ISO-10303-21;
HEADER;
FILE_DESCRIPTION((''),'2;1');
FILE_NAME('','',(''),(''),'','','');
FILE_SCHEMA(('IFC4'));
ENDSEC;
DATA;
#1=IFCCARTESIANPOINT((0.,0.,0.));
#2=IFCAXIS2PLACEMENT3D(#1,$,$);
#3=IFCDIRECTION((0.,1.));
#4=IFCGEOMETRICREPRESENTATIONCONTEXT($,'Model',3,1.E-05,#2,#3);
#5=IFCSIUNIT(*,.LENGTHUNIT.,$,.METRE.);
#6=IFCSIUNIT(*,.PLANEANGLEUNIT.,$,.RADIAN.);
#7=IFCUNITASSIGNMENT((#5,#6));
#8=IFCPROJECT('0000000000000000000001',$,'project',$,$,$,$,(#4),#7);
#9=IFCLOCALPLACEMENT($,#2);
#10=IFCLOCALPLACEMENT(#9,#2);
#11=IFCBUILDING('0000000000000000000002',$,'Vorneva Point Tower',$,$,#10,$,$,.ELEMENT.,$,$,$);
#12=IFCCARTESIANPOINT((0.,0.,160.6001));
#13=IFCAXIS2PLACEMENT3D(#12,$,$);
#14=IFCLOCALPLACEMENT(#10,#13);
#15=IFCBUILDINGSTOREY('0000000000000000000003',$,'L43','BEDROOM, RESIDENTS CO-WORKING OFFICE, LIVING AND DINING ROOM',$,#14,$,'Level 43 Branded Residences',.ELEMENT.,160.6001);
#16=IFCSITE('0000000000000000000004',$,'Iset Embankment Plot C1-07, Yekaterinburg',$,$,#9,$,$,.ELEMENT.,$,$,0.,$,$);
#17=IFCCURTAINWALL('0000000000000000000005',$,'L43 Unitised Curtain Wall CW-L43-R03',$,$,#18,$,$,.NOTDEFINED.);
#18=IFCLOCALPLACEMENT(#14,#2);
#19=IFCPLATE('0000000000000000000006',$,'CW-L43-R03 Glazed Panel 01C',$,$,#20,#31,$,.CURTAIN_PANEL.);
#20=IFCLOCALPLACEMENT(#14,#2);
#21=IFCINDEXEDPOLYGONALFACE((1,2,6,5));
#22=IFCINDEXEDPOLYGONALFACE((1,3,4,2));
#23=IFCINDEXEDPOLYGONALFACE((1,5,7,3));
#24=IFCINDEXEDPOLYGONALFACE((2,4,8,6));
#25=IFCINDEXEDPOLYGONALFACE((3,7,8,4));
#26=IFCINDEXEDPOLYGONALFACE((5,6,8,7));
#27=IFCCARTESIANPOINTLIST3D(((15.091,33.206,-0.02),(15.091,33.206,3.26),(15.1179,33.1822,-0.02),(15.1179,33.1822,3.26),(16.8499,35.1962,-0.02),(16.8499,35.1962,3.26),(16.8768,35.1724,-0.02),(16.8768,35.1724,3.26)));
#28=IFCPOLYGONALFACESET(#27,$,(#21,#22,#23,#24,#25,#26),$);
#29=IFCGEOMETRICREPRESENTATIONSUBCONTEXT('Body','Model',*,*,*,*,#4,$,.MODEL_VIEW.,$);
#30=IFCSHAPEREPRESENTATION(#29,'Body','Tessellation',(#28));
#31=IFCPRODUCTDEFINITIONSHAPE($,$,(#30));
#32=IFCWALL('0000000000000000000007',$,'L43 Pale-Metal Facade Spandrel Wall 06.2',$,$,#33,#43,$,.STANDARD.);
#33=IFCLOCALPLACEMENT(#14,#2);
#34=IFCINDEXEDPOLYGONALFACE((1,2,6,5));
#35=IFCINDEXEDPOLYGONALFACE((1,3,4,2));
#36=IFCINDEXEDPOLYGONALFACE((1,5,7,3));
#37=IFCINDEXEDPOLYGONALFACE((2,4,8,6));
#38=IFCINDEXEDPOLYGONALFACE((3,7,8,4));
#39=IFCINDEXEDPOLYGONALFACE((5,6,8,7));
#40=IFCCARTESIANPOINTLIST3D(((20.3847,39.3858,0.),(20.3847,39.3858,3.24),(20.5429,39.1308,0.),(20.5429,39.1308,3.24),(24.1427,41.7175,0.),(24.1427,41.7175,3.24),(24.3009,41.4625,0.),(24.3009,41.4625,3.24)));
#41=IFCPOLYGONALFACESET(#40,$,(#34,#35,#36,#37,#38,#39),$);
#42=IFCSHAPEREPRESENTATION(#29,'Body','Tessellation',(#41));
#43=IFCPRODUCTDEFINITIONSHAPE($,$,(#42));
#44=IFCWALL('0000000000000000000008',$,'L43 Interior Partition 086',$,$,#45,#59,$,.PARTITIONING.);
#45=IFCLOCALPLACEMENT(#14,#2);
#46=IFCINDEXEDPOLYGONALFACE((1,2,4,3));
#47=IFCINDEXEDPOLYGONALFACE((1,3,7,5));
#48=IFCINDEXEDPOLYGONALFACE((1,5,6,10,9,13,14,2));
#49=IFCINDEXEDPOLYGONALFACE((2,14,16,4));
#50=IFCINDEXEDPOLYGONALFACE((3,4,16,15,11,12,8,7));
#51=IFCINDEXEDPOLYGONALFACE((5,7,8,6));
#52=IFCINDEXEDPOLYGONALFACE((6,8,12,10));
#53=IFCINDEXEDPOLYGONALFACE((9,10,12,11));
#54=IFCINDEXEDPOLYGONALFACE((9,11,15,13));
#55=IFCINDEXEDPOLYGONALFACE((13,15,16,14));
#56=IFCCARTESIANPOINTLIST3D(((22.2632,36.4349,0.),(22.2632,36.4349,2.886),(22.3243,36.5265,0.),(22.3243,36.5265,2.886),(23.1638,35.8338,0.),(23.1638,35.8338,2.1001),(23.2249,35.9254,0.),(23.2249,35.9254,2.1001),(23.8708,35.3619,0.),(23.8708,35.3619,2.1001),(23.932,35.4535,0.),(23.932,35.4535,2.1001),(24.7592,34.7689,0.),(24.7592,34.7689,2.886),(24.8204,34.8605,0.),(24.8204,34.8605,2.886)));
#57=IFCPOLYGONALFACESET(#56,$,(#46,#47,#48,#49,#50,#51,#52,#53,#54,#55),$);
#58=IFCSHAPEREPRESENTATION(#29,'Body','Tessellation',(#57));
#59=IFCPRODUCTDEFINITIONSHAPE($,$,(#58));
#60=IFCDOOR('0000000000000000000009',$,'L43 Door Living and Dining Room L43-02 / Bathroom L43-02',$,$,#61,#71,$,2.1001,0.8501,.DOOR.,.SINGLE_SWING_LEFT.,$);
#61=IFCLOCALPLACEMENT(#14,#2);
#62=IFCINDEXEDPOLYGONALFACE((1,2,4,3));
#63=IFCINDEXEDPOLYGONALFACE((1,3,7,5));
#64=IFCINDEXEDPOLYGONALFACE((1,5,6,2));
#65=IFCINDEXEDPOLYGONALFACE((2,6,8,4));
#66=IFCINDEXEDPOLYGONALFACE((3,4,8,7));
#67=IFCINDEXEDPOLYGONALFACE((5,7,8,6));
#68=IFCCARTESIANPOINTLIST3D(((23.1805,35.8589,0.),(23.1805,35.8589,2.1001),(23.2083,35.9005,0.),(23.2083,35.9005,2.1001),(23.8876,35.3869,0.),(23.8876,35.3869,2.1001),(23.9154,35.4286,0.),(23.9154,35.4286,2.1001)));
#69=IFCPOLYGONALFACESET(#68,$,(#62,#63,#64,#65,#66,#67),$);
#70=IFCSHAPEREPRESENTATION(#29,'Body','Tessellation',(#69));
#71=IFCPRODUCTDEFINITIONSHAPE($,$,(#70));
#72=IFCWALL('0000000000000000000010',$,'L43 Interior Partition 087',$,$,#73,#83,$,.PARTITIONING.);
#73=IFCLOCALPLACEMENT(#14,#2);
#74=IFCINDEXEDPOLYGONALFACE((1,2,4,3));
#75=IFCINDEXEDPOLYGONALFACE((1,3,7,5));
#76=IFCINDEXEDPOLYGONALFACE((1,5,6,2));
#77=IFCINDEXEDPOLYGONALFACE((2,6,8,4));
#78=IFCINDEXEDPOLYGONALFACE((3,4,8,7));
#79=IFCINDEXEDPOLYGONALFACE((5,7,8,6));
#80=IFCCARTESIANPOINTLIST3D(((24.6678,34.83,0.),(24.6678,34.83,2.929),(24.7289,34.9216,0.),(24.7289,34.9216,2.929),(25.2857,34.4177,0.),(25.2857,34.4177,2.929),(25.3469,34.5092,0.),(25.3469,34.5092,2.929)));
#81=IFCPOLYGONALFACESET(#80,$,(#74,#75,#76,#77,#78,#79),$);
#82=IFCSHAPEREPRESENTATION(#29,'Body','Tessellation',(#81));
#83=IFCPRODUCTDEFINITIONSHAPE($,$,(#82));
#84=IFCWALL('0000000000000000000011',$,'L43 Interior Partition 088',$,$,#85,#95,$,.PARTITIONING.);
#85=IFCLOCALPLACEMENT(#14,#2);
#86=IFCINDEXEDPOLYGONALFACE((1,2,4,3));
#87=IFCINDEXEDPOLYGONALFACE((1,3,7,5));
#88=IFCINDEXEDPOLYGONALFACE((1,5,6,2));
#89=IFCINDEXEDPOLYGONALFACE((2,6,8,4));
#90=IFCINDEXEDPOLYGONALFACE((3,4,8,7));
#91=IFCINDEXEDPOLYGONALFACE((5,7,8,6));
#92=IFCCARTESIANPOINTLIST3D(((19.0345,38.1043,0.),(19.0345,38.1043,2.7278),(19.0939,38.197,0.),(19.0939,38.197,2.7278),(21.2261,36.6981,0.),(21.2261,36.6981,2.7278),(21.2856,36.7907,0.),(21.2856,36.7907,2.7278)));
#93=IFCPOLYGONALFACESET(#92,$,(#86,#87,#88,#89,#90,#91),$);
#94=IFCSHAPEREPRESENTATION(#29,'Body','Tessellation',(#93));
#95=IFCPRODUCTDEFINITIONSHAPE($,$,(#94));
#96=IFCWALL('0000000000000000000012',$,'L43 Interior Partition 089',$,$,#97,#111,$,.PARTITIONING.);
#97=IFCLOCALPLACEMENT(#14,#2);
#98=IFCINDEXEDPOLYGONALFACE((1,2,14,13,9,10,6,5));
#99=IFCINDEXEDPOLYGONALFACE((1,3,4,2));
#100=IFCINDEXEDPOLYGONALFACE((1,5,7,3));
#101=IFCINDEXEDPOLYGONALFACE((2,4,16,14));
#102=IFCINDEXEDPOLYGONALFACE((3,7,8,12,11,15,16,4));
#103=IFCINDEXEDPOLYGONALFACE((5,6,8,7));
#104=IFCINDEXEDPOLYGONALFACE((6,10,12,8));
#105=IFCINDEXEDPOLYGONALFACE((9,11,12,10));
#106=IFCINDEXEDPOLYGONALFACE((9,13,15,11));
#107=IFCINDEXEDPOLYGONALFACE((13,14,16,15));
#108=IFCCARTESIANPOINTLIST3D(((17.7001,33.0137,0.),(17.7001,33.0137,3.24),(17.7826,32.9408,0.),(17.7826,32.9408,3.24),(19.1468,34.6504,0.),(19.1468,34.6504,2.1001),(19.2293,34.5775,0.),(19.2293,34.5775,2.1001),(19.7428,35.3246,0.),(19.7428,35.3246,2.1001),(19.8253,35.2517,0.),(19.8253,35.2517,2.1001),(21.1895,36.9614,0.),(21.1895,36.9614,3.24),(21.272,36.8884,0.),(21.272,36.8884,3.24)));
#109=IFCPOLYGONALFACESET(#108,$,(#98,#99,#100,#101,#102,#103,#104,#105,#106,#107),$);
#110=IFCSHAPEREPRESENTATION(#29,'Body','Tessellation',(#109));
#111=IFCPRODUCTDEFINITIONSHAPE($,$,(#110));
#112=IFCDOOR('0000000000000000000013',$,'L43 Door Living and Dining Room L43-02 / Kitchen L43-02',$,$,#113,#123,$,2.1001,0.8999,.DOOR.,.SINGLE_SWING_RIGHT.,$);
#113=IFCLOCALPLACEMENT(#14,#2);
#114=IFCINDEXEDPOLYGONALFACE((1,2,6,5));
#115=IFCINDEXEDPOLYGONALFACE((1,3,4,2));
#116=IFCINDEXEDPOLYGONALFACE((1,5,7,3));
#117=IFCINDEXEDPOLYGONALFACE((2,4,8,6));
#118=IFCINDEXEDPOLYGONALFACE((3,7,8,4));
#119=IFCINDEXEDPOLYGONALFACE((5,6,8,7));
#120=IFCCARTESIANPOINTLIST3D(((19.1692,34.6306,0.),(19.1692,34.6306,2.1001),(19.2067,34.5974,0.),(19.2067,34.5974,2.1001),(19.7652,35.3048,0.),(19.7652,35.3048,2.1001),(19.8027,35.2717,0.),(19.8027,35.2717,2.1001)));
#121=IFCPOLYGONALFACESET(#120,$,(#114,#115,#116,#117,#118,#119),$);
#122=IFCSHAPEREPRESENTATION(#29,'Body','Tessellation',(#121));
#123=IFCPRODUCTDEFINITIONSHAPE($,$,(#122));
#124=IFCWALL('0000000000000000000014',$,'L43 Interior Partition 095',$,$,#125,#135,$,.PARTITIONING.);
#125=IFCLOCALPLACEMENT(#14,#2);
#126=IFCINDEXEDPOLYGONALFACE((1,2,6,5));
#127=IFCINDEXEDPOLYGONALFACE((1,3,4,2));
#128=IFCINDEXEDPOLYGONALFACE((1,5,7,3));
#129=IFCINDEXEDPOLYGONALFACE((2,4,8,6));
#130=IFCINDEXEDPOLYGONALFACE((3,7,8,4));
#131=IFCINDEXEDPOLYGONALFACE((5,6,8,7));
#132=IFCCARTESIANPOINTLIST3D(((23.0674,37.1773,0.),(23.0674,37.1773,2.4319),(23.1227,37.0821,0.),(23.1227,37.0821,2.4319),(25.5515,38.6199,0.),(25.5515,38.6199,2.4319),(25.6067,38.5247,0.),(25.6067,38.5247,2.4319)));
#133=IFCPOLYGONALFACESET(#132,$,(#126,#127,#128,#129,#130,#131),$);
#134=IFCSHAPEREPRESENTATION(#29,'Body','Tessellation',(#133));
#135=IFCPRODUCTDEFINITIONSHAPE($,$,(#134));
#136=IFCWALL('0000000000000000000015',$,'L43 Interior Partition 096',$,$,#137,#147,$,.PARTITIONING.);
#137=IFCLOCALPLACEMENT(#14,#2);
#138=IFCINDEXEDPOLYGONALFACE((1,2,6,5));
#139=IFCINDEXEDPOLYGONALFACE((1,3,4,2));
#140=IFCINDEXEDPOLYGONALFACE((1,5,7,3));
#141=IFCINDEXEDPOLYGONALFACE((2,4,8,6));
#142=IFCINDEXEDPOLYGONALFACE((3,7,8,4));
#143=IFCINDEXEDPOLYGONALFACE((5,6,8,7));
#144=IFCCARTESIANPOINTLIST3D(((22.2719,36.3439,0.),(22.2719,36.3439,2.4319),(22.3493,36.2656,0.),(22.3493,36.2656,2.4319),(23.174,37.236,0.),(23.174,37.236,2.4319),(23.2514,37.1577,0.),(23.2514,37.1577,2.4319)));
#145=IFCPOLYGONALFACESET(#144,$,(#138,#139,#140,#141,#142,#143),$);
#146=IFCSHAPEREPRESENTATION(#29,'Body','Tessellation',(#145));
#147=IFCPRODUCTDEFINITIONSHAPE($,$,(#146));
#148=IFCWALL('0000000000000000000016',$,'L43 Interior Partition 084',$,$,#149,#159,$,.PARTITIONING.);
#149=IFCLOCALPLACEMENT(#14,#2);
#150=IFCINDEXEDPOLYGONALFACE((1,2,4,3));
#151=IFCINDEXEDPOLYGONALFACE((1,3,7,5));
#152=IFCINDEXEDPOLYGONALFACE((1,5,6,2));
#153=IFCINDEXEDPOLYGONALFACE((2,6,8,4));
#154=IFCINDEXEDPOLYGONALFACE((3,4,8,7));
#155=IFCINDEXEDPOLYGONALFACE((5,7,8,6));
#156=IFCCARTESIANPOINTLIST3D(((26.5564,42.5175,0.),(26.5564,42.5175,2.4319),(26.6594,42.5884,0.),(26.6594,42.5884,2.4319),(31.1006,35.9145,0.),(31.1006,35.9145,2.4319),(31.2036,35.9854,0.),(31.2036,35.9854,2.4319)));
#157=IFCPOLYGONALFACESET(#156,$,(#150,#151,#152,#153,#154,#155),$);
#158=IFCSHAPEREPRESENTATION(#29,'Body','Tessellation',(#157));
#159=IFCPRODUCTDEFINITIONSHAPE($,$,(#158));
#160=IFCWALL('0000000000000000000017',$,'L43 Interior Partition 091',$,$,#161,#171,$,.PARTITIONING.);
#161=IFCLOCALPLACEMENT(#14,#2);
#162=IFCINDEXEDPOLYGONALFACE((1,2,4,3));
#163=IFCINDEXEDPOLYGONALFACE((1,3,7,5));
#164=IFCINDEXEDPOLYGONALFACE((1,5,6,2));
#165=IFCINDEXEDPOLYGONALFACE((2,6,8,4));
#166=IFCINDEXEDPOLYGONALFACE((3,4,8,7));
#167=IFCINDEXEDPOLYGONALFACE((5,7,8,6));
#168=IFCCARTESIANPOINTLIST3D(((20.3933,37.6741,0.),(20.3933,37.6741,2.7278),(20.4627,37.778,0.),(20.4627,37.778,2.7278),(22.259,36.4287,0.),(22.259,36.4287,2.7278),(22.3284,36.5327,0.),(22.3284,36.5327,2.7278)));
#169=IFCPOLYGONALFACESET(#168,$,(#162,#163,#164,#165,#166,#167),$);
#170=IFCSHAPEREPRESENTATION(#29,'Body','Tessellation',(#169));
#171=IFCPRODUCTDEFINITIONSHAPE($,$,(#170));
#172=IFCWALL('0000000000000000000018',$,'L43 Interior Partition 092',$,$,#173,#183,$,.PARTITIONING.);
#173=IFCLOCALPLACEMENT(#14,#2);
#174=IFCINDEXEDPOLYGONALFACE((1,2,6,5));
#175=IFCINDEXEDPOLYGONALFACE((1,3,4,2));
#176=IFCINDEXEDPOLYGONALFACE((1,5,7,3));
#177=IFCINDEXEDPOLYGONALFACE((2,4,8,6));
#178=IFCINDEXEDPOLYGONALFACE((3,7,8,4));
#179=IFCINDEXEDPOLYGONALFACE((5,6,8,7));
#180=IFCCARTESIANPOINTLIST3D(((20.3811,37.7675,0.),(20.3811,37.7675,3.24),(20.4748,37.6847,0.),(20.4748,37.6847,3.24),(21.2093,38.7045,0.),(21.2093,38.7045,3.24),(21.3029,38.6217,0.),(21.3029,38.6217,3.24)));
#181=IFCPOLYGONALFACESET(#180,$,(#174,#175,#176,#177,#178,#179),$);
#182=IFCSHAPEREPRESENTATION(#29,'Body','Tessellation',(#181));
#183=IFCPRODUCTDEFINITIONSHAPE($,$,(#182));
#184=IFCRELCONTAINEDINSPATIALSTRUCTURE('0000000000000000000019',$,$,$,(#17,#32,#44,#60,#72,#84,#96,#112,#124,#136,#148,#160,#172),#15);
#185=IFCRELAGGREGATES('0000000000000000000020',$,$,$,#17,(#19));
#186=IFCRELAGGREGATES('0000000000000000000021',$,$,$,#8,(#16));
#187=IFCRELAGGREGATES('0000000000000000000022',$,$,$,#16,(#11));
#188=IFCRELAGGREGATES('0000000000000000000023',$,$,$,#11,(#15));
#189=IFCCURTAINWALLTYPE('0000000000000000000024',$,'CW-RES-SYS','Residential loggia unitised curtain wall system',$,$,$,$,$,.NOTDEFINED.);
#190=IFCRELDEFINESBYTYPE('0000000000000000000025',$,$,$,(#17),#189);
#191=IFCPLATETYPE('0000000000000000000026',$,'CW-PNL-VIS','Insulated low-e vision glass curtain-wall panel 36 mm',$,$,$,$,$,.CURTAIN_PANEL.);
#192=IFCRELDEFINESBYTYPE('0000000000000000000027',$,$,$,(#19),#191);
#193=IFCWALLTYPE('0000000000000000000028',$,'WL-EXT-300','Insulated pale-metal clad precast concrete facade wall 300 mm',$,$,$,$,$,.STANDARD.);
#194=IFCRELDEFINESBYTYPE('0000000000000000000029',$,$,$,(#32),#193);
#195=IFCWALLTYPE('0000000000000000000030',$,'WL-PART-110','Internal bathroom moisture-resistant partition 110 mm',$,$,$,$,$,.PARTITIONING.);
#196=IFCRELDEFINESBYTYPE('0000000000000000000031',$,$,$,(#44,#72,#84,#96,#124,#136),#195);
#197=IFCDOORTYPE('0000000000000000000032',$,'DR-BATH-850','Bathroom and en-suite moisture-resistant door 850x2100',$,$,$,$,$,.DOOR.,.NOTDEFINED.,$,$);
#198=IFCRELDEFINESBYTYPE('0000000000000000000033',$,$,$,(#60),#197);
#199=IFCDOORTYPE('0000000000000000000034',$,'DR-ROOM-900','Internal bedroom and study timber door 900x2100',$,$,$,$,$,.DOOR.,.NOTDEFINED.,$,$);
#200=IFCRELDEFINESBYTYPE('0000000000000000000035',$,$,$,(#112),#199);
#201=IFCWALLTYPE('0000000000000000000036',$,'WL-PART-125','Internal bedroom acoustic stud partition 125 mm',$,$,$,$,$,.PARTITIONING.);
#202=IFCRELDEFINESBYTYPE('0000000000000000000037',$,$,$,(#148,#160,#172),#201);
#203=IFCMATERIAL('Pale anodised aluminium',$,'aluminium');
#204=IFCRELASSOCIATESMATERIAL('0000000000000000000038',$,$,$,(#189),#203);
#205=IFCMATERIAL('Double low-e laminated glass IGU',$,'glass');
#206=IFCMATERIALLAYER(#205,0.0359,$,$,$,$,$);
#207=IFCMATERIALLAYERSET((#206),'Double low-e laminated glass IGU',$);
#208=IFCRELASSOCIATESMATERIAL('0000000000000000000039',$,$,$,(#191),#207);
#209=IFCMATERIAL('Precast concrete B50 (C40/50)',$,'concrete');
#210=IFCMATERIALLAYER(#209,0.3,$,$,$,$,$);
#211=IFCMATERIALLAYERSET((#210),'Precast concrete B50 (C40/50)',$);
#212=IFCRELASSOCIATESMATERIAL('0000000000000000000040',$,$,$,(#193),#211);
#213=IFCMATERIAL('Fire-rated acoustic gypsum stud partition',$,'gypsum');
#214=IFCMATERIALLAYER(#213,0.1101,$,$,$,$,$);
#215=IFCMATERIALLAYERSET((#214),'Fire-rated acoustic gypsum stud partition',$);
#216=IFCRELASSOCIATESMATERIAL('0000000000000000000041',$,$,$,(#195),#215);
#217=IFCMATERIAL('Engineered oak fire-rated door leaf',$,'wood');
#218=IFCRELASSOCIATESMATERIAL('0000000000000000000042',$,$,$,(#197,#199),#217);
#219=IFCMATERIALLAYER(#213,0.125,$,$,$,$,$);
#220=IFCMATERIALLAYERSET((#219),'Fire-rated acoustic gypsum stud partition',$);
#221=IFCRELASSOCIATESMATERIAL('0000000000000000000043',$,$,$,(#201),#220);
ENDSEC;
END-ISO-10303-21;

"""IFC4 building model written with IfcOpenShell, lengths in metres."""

from ifc_helpers import new_model, si_unit, direction, frame, frame_2d, origin, origin_2d, place, context, subcontext, project, spatial, rectangle, extrude, material, layer, layer_set, type_object, element, fill, aggregate, save


model = new_model("IFC4")

# Units and contexts
model_context = context("Model", 3, precision=1e-05, world=origin(), true_north=direction((0.0, 1.0)))
body_context = subcontext(model_context, "Body", "Model", "MODEL_VIEW")
ifc_project = project(units=[si_unit("LENGTHUNIT", "METRE"), si_unit("PLANEANGLEUNIT", "RADIAN")], contexts=[model_context])

# Site, building, storey
site_placement = place(None, origin())
site = spatial("IfcSite", under=ifc_project, at=site_placement, Name="Iset Embankment Plot C1-07, Yekaterinburg", CompositionType="ELEMENT", RefElevation=0.0)
building_placement = place(site_placement, origin())
building = spatial("IfcBuilding", under=site, at=building_placement, Name="Vorneva Point Tower", CompositionType="ELEMENT")
storey_placement = place(building_placement, frame((0.0, 0.0, 160.6001)))
storey = spatial("IfcBuildingStorey", under=building, at=storey_placement, Name="L43", Description="BEDROOM, RESIDENTS CO-WORKING OFFICE, LIVING AND DINING ROOM", LongName="Level 43 Branded Residences", CompositionType="ELEMENT", Elevation=160.6001)

# Curtain wall, plate
ifc_material_1 = material(Name="Pale anodised aluminium", Category="aluminium")
curtain_wall_type = type_object("IfcCurtainWallType", Name="CW-RES-SYS", Description="Residential loggia unitised curtain wall system", PredefinedType="NOTDEFINED", material=ifc_material_1)
curtain_wall_placement = place(storey_placement, origin())
curtain_wall = element("IfcCurtainWall", 1, at=curtain_wall_placement, inside=storey, type_object=curtain_wall_type, Name="L43 Unitised Curtain Wall CW-L43-R03", PredefinedType="NOTDEFINED")
ifc_material_2 = material(Name="Double low-e laminated glass IGU", Category="glass")
ifc_layer_1 = layer(ifc_material_2, 0.0359)
ifc_layer_set_1 = layer_set([ifc_layer_1], Name="Double low-e laminated glass IGU")
plate_type = type_object("IfcPlateType", Name="CW-PNL-VIS", Description="Insulated low-e vision glass curtain-wall panel 36 mm", PredefinedType="CURTAIN_PANEL", material=ifc_layer_set_1)
plate_1_placement = place(storey_placement, frame((15.9839, 34.1892, -0.02), z_axis=(0.0, 0.0, 1.0), x_axis=(-0.662215, -0.749314, 0.0)))
plate_1 = element("IfcPlate", 2, at=plate_1_placement, type_object=plate_type, Name="CW-L43-R03 Glazed Panel 01C", PredefinedType="CURTAIN_PANEL", context=body_context, shape_type="SweptSolid", body=[
    extrude(rectangle(XDim=2.656, YDim=0.0359, at=origin_2d()), origin(), (0.0, 0.0, 1.0), 3.28),
])
aggregate(curtain_wall, [plate_1])

# Wall
ifc_material_3 = material(Name="Precast concrete B50 (C40/50)", Category="concrete")
ifc_layer_2 = layer(ifc_material_3, 0.3)
ifc_layer_set_2 = layer_set([ifc_layer_2], Name="Precast concrete B50 (C40/50)")
wall_type_1 = type_object("IfcWallType", Name="WL-EXT-300", Description="Insulated pale-metal clad precast concrete facade wall 300 mm", PredefinedType="STANDARD", material=ifc_layer_set_2)
wall_1_placement = place(storey_placement, frame((24.2219, 41.5901, 0.0), z_axis=(0.0, 0.0, 1.0), x_axis=(-0.849721, -0.527232, 0.0)))
element("IfcWall", 3, at=wall_1_placement, inside=storey, type_object=wall_type_1, Name="L43 Pale-Metal Facade Spandrel Wall 06.2", PredefinedType="STANDARD", context=body_context, shape_type="SweptSolid", body=[
    extrude(rectangle(XDim=4.4226, YDim=0.3, at=frame_2d((2.2114, 0.0))), origin(), (0.0, 0.0, 1.0), 3.24),
])

# Wall, opening, door
ifc_material_4 = material(Name="Fire-rated acoustic gypsum stud partition", Category="gypsum")
ifc_layer_3 = layer(ifc_material_4, 0.1101)
ifc_layer_set_3 = layer_set([ifc_layer_3], Name="Fire-rated acoustic gypsum stud partition")
wall_type_2 = type_object("IfcWallType", Name="WL-PART-110", Description="Internal bathroom moisture-resistant partition 110 mm", PredefinedType="PARTITIONING", material=ifc_layer_set_3)
wall_2_placement = place(storey_placement, frame((24.7898, 34.8147, 0.0), z_axis=(0.0, 0.0, 1.0), x_axis=(-0.83175, 0.555151, 0.0)))
wall_2 = element("IfcWall", 4, at=wall_2_placement, inside=storey, type_object=wall_type_2, Name="L43 Interior Partition 086", PredefinedType="PARTITIONING", context=body_context, shape_type="SweptSolid", body=[
    extrude(rectangle(XDim=3.001, YDim=0.1101, at=frame_2d((1.5005, 0.0))), origin(), (0.0, 0.0, 1.0), 2.886),
])
opening_1_placement = place(wall_2_placement, frame((1.0681, 0.0, 0.0)))
opening_1 = element("IfcOpeningElement", 5, at=opening_1_placement, cuts=wall_2, PredefinedType="OPENING", context=body_context, shape_type="SweptSolid", body=[
    extrude(rectangle(XDim=0.8501, YDim=2.1001, at=frame_2d((0.425, 1.05))), frame((0.0, 0.0698, 0.0), z_axis=(0.0, -1.0, 0.0), x_axis=(1.0, 0.0, 0.0)), (0.0, 0.0, 1.0), 0.1399),
])
ifc_material_5 = material(Name="Engineered oak fire-rated door leaf", Category="wood")
door_type_1 = type_object("IfcDoorType", Name="DR-BATH-850", Description="Bathroom and en-suite moisture-resistant door 850x2100", OperationType="NOTDEFINED", PredefinedType="DOOR", material=ifc_material_5)
door_1_placement = place(opening_1_placement, origin())
door_1 = element("IfcDoor", 6, at=door_1_placement, inside=storey, type_object=door_type_1, Name="L43 Door Living and Dining Room L43-02 / Bathroom L43-02", OperationType="SINGLE_SWING_LEFT", OverallHeight=2.1001, OverallWidth=0.8501, PredefinedType="DOOR", context=body_context, shape_type="SweptSolid", body=[
    extrude(rectangle(XDim=0.8501, YDim=2.1001, at=frame_2d((0.425, 1.05))), frame((0.0, 0.0249, 0.0), z_axis=(0.0, -1.0, 0.0), x_axis=(1.0, 0.0, 0.0)), (0.0, 0.0, 1.0), 0.05),
])
fill(opening_1, door_1)

# Walls
wall_3_placement = place(storey_placement, frame((25.3164, 34.4634, 0.0), z_axis=(0.0, 0.0, 1.0), x_axis=(-0.831797, 0.555079, 0.0)))
element("IfcWall", 7, at=wall_3_placement, inside=storey, type_object=wall_type_2, Name="L43 Interior Partition 087", PredefinedType="PARTITIONING", context=body_context, shape_type="SweptSolid", body=[
    extrude(rectangle(XDim=0.7429, YDim=0.1101, at=frame_2d((0.3716, 0.0))), origin(), (0.0, 0.0, 1.0), 2.929),
])
wall_4_placement = place(storey_placement, frame((19.0642, 38.1506, 0.0), z_axis=(0.0, 0.0, 1.0), x_axis=(0.841644, -0.540032, 0.0)))
element("IfcWall", 8, at=wall_4_placement, inside=storey, type_object=wall_type_2, Name="L43 Interior Partition 088", PredefinedType="PARTITIONING", context=body_context, shape_type="SweptSolid", body=[
    extrude(rectangle(XDim=2.604, YDim=0.1101, at=frame_2d((1.302, 0.0))), origin(), (0.0, 0.0, 1.0), 2.7278),
])

# Wall, opening, door
wall_5_placement = place(storey_placement, frame((21.2307, 36.9248, 0.0), z_axis=(0.0, 0.0, 1.0), x_axis=(-0.662282, -0.749255, 0.0)))
wall_5 = element("IfcWall", 9, at=wall_5_placement, inside=storey, type_object=wall_type_2, Name="L43 Interior Partition 089", PredefinedType="PARTITIONING", context=body_context, shape_type="SweptSolid", body=[
    extrude(rectangle(XDim=5.2688, YDim=0.1101, at=frame_2d((2.6343, 0.0))), origin(), (0.0, 0.0, 1.0), 3.24),
])
opening_2_placement = place(wall_5_placement, frame((2.1843, 0.0, 0.0)))
opening_2 = element("IfcOpeningElement", 10, at=opening_2_placement, cuts=wall_5, PredefinedType="OPENING", context=body_context, shape_type="SweptSolid", body=[
    extrude(rectangle(XDim=0.8999, YDim=2.1001, at=frame_2d((0.45, 1.05))), frame((0.0, 0.0698, 0.0), z_axis=(0.0, -1.0, 0.0), x_axis=(1.0, 0.0, 0.0)), (0.0, 0.0, 1.0), 0.1399),
])
door_type_2 = type_object("IfcDoorType", Name="DR-ROOM-900", Description="Internal bedroom and study timber door 900x2100", OperationType="NOTDEFINED", PredefinedType="DOOR", material=ifc_material_5)
door_2_placement = place(opening_2_placement, origin())
door_2 = element("IfcDoor", 11, at=door_2_placement, inside=storey, type_object=door_type_2, Name="L43 Door Living and Dining Room L43-02 / Kitchen L43-02", OperationType="SINGLE_SWING_RIGHT", OverallHeight=2.1001, OverallWidth=0.8999, PredefinedType="DOOR", context=body_context, shape_type="SweptSolid", body=[
    extrude(rectangle(XDim=0.8999, YDim=2.1001, at=frame_2d((0.45, 1.05))), frame((0.0, 0.0249, 0.0), z_axis=(0.0, -1.0, 0.0), x_axis=(1.0, 0.0, 0.0)), (0.0, 0.0, 1.0), 0.05),
])
fill(opening_2, door_2)

# Walls
wall_6_placement = place(storey_placement, frame((25.5791, 38.5723, 0.0), z_axis=(0.0, 0.0, 1.0), x_axis=(-0.864754, -0.502195, 0.0)))
element("IfcWall", 12, at=wall_6_placement, inside=storey, type_object=wall_type_2, Name="L43 Interior Partition 095", PredefinedType="PARTITIONING", context=body_context, shape_type="SweptSolid", body=[
    extrude(rectangle(XDim=2.8726, YDim=0.1101, at=frame_2d((1.4363, 0.0))), origin(), (0.0, 0.0, 1.0), 2.4319),
])
wall_7_placement = place(storey_placement, frame((23.2126, 37.1968, 0.0), z_axis=(0.0, 0.0, 1.0), x_axis=(-0.711041, -0.703151, 0.0)))
element("IfcWall", 13, at=wall_7_placement, inside=storey, type_object=wall_type_2, Name="L43 Interior Partition 096", PredefinedType="PARTITIONING", context=body_context, shape_type="SweptSolid", body=[
    extrude(rectangle(XDim=1.2688, YDim=0.1101, at=frame_2d((0.6343, 0.0))), origin(), (0.0, 0.0, 1.0), 2.4319),
])
ifc_layer_4 = layer(ifc_material_4, 0.125)
ifc_layer_set_4 = layer_set([ifc_layer_4], Name="Fire-rated acoustic gypsum stud partition")
wall_type_3 = type_object("IfcWallType", Name="WL-PART-125", Description="Internal bedroom acoustic stud partition 125 mm", PredefinedType="PARTITIONING", material=ifc_layer_set_4)
wall_8_placement = place(storey_placement, frame((26.6079, 42.553, 0.0), z_axis=(0.0, 0.0, 1.0), x_axis=(0.566919, -0.823773, 0.0)))
element("IfcWall", 14, at=wall_8_placement, inside=storey, type_object=wall_type_3, Name="L43 Interior Partition 084", PredefinedType="PARTITIONING", context=body_context, shape_type="SweptSolid", body=[
    extrude(rectangle(XDim=8.0156, YDim=0.125, at=frame_2d((4.0078, 0.0))), origin(), (0.0, 0.0, 1.0), 2.4319),
])
wall_9_placement = place(storey_placement, frame((22.2937, 36.4807, 0.0), z_axis=(0.0, 0.0, 1.0), x_axis=(-0.831732, 0.555177, 0.0)))
element("IfcWall", 15, at=wall_9_placement, inside=storey, type_object=wall_type_3, Name="L43 Interior Partition 091", PredefinedType="PARTITIONING", context=body_context, shape_type="SweptSolid", body=[
    extrude(rectangle(XDim=2.2432, YDim=0.125, at=frame_2d((1.1216, 0.0))), origin(), (0.0, 0.0, 1.0), 2.7278),
])
wall_10_placement = place(storey_placement, frame((20.428, 37.7261, 0.0), z_axis=(0.0, 0.0, 1.0), x_axis=(0.662228, 0.749302, 0.0)))
element("IfcWall", 16, at=wall_10_placement, inside=storey, type_object=wall_type_3, Name="L43 Interior Partition 092", PredefinedType="PARTITIONING", context=body_context, shape_type="SweptSolid", body=[
    extrude(rectangle(XDim=1.2505, YDim=0.125, at=frame_2d((0.6252, 0.0))), origin(), (0.0, 0.0, 1.0), 3.24),
])

save(model, "model.ifc")
